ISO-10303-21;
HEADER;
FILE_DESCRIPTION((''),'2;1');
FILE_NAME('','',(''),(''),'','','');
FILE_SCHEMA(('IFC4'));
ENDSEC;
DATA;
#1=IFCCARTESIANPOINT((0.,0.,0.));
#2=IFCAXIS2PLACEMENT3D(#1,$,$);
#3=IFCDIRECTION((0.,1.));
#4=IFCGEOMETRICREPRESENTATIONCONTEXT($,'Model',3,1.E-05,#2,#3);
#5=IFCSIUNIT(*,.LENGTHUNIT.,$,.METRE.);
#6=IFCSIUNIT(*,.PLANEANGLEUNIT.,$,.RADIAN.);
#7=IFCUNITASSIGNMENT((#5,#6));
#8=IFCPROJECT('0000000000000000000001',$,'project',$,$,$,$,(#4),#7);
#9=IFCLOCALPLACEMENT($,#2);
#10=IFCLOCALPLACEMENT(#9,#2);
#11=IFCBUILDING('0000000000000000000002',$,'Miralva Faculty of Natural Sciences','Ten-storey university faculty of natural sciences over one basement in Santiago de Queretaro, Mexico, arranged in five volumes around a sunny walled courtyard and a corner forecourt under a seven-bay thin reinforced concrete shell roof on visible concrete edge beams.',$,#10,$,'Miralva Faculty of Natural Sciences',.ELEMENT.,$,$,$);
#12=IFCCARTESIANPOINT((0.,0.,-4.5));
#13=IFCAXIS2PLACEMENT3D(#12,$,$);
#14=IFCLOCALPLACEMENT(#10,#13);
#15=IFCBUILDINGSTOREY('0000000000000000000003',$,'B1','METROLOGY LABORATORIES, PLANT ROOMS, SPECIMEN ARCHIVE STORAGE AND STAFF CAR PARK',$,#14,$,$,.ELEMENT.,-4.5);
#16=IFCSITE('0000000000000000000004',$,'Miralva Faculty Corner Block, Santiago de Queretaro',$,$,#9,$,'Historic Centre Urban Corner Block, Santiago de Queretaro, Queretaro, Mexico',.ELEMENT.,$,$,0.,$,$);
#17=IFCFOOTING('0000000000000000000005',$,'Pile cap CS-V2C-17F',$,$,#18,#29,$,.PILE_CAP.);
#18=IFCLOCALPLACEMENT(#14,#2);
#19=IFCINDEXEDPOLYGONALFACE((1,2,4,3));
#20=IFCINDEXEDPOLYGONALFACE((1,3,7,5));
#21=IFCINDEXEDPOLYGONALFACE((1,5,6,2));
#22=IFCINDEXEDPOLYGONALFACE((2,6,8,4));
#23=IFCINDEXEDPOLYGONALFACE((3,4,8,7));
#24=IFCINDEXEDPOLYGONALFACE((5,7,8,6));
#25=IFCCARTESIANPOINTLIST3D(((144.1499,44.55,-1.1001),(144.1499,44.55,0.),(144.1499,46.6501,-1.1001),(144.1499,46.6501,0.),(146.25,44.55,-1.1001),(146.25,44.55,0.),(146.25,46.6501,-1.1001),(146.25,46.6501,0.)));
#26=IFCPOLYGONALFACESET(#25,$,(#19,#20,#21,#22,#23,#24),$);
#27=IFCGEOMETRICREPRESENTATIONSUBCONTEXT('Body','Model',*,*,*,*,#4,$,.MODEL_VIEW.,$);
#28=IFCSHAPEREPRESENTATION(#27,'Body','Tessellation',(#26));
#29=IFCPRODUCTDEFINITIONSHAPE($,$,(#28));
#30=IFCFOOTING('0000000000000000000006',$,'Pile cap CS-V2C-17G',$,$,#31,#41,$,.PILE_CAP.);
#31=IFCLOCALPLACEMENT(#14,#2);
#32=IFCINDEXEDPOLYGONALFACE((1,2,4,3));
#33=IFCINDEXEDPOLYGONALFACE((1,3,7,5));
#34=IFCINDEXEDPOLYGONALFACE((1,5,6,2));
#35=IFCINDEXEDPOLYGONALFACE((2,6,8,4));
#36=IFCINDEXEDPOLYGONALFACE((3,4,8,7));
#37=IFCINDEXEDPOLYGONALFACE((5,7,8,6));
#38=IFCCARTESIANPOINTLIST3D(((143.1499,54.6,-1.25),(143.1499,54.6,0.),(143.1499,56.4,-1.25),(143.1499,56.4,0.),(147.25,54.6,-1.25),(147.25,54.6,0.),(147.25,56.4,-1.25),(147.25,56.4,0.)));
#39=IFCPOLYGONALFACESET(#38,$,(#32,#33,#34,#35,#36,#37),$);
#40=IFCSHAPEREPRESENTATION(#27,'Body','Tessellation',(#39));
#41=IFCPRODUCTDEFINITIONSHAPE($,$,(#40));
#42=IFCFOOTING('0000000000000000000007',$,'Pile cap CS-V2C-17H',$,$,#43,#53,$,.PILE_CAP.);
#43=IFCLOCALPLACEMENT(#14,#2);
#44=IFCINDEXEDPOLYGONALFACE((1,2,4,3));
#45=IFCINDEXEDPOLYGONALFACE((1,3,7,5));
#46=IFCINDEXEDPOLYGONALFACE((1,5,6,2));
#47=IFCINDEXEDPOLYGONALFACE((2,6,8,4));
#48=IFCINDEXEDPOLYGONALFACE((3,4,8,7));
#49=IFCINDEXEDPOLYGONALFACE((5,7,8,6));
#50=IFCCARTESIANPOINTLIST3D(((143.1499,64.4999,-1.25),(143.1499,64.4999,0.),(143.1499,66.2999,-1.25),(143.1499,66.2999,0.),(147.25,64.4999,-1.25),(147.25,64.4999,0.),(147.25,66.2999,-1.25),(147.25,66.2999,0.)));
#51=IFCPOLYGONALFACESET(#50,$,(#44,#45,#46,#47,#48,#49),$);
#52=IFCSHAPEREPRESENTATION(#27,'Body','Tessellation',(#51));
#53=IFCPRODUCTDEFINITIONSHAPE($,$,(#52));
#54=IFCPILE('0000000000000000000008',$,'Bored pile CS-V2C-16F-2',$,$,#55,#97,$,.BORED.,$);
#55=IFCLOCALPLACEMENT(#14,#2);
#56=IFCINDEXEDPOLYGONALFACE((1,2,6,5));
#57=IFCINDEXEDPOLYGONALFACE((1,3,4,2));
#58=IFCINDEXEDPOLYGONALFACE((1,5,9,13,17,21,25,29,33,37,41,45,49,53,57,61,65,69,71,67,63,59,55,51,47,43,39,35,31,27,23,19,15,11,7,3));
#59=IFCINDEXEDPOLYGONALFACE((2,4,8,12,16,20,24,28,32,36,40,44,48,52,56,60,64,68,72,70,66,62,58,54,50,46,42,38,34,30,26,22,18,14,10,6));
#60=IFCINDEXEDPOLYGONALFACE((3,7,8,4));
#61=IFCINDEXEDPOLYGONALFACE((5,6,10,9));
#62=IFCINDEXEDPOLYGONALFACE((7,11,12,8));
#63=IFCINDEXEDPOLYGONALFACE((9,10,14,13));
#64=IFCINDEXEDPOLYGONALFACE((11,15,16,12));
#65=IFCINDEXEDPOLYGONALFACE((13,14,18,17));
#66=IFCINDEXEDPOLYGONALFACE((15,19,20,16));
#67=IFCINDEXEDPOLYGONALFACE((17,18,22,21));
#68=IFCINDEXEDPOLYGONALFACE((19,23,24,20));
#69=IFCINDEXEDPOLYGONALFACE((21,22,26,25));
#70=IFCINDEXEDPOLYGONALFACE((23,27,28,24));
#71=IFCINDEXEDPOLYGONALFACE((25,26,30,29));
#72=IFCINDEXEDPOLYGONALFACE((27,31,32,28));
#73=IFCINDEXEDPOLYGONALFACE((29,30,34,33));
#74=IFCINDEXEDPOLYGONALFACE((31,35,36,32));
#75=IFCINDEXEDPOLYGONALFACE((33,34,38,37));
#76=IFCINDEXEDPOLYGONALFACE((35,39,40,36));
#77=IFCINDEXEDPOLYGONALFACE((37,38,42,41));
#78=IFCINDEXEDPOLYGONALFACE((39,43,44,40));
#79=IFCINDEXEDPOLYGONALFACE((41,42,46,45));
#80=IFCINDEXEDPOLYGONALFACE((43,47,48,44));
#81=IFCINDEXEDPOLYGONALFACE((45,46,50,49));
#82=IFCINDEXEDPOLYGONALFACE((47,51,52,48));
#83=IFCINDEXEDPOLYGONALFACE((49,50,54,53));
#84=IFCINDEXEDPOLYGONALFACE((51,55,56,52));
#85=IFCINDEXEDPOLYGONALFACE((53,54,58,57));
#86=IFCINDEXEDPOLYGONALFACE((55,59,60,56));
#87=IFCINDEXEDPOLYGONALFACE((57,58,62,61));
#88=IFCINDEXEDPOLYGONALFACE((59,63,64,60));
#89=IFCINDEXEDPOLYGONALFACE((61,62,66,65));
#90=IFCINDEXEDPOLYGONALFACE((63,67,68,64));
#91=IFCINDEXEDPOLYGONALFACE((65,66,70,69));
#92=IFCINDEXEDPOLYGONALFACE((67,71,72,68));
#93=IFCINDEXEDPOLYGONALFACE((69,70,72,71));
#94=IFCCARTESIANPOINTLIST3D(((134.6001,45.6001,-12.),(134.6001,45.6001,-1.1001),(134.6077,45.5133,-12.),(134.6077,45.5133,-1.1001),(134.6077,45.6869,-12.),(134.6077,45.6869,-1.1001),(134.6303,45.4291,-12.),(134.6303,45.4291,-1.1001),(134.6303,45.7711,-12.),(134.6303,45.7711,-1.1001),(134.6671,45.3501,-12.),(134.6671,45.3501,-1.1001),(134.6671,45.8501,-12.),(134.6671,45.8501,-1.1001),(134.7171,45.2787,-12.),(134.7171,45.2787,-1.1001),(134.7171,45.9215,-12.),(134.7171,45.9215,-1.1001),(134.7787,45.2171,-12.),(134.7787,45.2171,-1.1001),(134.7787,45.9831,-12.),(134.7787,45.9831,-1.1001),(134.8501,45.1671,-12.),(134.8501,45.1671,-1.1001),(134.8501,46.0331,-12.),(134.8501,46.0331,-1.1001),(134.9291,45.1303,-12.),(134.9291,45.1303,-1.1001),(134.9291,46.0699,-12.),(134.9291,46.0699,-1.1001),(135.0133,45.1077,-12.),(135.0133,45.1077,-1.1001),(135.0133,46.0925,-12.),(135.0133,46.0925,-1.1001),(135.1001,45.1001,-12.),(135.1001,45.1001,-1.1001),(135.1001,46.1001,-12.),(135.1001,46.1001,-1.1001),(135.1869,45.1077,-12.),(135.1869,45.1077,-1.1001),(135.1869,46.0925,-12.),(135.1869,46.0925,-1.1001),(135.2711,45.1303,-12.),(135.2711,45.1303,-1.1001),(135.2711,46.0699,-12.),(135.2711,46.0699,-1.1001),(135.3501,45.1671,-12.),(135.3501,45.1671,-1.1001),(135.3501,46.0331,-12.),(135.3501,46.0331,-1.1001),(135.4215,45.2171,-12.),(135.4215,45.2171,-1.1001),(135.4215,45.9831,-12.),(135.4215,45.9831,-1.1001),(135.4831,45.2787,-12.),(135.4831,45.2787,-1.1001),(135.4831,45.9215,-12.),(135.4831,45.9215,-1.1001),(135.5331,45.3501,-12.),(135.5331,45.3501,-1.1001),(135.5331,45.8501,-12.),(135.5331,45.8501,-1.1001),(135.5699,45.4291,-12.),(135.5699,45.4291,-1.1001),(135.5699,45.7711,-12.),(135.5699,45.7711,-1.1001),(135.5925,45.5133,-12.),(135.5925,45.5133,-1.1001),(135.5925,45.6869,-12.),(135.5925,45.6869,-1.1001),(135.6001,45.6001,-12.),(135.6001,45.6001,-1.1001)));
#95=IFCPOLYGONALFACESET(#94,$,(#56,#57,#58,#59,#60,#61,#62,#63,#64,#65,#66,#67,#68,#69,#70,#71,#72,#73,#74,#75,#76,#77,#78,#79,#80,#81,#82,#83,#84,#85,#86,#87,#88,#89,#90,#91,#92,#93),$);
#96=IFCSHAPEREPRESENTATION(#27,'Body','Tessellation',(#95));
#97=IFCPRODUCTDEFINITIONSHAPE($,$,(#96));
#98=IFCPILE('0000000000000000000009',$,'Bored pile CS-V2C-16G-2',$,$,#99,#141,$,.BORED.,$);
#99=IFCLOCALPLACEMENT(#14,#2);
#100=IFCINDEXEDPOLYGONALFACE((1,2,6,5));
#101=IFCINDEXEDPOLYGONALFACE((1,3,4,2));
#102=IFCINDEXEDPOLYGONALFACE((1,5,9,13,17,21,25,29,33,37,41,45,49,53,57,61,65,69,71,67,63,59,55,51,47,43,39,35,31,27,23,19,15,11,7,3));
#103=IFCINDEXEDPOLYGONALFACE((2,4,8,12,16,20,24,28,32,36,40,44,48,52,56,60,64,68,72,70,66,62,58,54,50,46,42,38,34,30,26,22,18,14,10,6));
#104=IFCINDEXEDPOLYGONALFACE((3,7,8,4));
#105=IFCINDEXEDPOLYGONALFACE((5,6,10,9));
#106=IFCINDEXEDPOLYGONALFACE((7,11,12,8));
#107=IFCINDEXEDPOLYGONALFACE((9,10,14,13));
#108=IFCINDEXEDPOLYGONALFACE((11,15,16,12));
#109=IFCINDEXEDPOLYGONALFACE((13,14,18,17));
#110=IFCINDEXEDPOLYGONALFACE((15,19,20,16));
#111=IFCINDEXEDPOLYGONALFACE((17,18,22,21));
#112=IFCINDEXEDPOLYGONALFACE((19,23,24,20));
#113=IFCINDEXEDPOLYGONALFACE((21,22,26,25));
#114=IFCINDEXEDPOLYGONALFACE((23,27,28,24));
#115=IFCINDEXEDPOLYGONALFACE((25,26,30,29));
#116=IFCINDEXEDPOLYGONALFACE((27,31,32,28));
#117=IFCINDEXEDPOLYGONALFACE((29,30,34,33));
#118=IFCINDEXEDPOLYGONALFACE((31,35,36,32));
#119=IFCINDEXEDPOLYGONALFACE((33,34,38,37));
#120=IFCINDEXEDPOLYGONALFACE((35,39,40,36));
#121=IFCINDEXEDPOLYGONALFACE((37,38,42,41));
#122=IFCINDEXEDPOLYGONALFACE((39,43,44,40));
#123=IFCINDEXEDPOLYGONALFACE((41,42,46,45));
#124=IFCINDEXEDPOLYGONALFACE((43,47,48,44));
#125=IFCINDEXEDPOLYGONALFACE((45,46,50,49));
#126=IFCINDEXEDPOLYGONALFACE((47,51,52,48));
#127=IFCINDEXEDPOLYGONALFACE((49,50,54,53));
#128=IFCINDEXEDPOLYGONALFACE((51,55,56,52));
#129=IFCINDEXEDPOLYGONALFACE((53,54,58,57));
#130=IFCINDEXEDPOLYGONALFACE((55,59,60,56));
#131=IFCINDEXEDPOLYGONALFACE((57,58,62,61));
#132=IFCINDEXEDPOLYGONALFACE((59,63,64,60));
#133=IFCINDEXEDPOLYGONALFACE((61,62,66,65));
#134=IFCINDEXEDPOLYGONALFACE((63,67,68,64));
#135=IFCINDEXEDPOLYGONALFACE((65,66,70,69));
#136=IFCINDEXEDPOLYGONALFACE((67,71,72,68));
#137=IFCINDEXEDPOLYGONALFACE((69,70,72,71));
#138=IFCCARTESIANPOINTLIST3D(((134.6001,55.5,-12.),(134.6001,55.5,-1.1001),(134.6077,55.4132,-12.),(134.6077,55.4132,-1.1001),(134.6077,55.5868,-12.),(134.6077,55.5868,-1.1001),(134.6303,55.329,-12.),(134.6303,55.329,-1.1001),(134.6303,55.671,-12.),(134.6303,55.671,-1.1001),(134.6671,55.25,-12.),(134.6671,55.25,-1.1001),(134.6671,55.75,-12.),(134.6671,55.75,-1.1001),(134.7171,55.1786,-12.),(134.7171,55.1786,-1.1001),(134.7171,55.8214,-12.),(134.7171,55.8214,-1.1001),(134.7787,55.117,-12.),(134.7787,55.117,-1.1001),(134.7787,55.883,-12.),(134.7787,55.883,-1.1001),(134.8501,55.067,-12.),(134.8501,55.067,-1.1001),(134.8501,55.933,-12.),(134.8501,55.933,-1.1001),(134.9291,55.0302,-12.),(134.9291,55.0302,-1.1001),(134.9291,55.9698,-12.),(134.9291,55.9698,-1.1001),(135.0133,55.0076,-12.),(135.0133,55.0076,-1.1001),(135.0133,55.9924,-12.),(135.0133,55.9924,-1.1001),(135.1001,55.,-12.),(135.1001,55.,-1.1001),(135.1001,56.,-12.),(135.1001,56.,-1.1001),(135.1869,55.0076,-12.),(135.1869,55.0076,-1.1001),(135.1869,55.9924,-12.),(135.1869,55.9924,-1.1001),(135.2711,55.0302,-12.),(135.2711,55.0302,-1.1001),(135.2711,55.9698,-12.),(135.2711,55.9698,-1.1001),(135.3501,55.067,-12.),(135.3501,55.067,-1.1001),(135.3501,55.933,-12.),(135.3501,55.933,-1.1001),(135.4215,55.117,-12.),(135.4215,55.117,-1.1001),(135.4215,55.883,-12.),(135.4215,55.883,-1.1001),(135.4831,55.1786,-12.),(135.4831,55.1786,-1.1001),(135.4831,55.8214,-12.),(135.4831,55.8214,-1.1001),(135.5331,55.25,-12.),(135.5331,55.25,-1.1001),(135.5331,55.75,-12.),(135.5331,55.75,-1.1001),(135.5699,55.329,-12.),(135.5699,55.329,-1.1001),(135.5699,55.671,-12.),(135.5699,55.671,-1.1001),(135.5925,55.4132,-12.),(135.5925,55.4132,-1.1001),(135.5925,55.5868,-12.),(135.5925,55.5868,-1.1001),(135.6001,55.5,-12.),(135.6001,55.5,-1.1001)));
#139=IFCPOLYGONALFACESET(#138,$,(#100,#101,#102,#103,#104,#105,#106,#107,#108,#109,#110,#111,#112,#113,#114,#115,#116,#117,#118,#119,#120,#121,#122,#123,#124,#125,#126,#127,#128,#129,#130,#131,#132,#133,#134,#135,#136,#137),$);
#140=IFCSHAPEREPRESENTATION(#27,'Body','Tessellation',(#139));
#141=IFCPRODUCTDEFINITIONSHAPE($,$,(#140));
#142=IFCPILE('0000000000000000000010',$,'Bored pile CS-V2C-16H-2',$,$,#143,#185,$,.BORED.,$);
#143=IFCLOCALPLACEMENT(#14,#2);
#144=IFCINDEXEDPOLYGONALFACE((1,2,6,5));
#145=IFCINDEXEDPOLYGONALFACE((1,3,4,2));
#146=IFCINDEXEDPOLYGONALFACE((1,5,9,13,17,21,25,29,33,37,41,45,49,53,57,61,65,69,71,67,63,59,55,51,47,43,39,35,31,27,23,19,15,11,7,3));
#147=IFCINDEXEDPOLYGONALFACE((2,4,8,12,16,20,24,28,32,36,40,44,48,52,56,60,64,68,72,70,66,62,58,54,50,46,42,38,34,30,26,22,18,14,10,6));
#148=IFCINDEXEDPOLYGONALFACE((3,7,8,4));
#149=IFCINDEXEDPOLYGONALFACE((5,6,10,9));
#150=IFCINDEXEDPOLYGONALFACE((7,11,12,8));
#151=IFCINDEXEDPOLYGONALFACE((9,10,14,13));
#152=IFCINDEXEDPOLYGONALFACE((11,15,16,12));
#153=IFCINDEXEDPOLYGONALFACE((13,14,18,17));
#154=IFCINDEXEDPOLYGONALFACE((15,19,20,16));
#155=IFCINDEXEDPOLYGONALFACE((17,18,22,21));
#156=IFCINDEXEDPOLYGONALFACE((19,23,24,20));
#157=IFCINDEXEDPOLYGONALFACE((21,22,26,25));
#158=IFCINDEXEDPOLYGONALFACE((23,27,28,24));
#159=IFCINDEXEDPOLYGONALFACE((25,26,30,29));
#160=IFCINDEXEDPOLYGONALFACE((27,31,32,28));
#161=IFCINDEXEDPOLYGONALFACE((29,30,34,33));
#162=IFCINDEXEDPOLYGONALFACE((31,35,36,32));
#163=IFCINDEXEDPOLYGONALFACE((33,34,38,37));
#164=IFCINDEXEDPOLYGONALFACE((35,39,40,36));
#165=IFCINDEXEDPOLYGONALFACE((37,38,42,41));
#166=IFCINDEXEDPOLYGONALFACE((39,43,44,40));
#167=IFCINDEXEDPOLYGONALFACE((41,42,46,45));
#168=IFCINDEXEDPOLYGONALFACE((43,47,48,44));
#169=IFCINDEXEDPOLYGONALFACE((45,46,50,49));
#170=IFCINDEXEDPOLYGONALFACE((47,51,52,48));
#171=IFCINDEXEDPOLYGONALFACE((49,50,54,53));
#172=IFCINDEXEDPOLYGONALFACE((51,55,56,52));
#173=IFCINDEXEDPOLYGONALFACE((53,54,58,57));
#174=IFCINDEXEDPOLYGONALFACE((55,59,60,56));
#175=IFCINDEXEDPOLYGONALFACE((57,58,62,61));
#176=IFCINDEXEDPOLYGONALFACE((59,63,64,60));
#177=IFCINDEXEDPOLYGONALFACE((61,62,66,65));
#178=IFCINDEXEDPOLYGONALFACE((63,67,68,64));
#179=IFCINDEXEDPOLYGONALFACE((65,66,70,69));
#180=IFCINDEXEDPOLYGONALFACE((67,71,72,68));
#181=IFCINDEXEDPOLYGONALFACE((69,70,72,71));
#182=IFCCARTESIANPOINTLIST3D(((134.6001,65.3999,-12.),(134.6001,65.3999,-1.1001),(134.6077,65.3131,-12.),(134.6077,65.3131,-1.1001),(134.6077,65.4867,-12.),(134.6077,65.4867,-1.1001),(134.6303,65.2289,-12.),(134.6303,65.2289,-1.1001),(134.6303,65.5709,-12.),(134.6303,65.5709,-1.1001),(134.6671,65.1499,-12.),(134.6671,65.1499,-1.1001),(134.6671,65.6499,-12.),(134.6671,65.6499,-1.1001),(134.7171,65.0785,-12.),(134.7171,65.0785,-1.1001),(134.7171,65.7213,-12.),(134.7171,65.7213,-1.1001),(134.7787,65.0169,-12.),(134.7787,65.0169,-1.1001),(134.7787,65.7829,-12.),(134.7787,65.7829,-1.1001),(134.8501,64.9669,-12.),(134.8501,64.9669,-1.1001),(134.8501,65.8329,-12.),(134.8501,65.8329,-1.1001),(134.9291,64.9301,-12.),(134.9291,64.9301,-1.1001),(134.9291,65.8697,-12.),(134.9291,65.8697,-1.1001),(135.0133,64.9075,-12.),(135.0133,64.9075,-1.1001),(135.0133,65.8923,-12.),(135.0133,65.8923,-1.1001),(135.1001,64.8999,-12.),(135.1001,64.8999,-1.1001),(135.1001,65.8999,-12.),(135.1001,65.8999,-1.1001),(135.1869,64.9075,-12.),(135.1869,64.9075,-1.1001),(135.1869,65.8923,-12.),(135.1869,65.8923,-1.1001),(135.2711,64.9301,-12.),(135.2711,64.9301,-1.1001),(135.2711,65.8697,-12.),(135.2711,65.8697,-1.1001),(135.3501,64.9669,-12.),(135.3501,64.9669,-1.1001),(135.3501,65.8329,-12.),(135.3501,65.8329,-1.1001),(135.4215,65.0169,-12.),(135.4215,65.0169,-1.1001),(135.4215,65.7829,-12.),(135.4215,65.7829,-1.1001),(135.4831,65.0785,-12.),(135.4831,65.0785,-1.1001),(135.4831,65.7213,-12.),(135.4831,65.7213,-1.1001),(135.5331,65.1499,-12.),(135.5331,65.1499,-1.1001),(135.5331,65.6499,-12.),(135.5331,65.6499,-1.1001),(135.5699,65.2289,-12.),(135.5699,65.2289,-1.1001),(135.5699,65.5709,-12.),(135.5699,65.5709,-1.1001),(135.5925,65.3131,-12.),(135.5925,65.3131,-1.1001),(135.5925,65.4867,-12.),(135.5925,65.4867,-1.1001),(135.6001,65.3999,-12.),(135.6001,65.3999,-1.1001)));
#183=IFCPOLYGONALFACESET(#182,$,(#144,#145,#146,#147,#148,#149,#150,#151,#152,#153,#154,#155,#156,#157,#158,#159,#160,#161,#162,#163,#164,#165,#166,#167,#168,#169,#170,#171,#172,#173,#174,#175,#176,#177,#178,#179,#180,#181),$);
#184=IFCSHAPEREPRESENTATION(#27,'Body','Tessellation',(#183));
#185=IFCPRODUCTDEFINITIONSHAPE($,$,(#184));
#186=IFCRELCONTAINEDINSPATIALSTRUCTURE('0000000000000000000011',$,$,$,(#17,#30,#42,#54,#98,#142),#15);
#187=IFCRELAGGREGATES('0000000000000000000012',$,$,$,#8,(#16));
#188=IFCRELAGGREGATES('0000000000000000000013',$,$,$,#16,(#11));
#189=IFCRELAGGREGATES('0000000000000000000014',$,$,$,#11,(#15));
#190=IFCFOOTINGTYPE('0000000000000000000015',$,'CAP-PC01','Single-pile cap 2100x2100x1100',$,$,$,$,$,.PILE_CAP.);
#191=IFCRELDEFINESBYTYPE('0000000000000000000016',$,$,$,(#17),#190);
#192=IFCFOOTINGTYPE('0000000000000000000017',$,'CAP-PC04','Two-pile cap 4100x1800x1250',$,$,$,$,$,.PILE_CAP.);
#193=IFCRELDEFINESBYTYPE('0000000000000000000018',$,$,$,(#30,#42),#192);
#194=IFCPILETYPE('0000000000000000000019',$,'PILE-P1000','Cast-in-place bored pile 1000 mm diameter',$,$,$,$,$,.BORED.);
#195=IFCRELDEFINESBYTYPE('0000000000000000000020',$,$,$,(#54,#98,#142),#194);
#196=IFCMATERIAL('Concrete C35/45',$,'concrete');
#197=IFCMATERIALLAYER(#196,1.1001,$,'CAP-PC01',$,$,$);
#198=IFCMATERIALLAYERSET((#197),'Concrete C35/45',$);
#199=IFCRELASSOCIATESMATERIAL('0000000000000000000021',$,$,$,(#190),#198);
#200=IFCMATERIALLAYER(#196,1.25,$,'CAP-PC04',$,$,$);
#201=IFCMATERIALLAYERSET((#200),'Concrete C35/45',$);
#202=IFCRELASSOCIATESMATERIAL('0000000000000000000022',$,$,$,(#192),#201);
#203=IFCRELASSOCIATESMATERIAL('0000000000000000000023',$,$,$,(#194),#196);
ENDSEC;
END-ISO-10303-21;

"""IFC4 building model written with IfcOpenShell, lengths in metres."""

from ifc_helpers import new_model, si_unit, direction, frame, origin, origin_2d, place, context, subcontext, project, spatial, rectangle, circle, extrude, material, layer, layer_set, material_profile, profile_set, type_object, element, save


model = new_model("IFC4")

# Units and contexts
model_context = context("Model", 3, precision=1e-05, world=origin(), true_north=direction((0.0, 1.0)))
body_context = subcontext(model_context, "Body", "Model", "MODEL_VIEW")
ifc_project = project(units=[si_unit("LENGTHUNIT", "METRE"), si_unit("PLANEANGLEUNIT", "RADIAN")], contexts=[model_context])

# Site, building, storey
site_placement = place(None, origin())
site = spatial("IfcSite", under=ifc_project, at=site_placement, Name="Miralva Faculty Corner Block, Santiago de Queretaro", LongName="Historic Centre Urban Corner Block, Santiago de Queretaro, Queretaro, Mexico", CompositionType="ELEMENT", RefElevation=0.0)
building_placement = place(site_placement, origin())
building = spatial("IfcBuilding", under=site, at=building_placement, Name="Miralva Faculty of Natural Sciences", Description="Ten-storey university faculty of natural sciences over one basement in Santiago de Queretaro, Mexico, arranged in five volumes around a sunny walled courtyard and a corner forecourt under a seven-bay thin reinforced concrete shell roof on visible concrete edge beams.", LongName="Miralva Faculty of Natural Sciences", CompositionType="ELEMENT")
storey_placement = place(building_placement, frame((0.0, 0.0, -4.5)))
storey = spatial("IfcBuildingStorey", under=building, at=storey_placement, Name="B1", Description="METROLOGY LABORATORIES, PLANT ROOMS, SPECIMEN ARCHIVE STORAGE AND STAFF CAR PARK", CompositionType="ELEMENT", Elevation=-4.5)

# Footings
ifc_material_1 = material(Name="Concrete C35/45", Category="concrete")
ifc_layer_1 = layer(ifc_material_1, 1.1001, Name="CAP-PC01")
ifc_layer_set_1 = layer_set([ifc_layer_1], Name="Concrete C35/45")
footing_type_1 = type_object("IfcFootingType", Name="CAP-PC01", Description="Single-pile cap 2100x2100x1100", PredefinedType="PILE_CAP", material=ifc_layer_set_1)
footing_1_placement = place(storey_placement, frame((145.2, 45.6001, -1.1001), z_axis=(0.0, 0.0, 1.0), x_axis=(1.0, 0.0, 0.0)))
element("IfcFooting", 1, at=footing_1_placement, inside=storey, type_object=footing_type_1, Name="Pile cap CS-V2C-17F", PredefinedType="PILE_CAP", context=body_context, shape_type="SweptSolid", body=[
    extrude(rectangle(XDim=2.1001, YDim=2.1001, at=origin_2d()), origin(), (0.0, 0.0, 1.0), 1.1001),
])
ifc_layer_2 = layer(ifc_material_1, 1.25, Name="CAP-PC04")
ifc_layer_set_2 = layer_set([ifc_layer_2], Name="Concrete C35/45")
footing_type_2 = type_object("IfcFootingType", Name="CAP-PC04", Description="Two-pile cap 4100x1800x1250", PredefinedType="PILE_CAP", material=ifc_layer_set_2)
for number, where, z_axis, x_axis, name in (
    (2, (145.2, 55.5, -1.25), (0.0, 0.0, 1.0), (1.0, 0.0, 0.0), "Pile cap CS-V2C-17G"),
    (3, (145.2, 65.3999, -1.25), (0.0, 0.0, 1.0), (1.0, 0.0, 0.0), "Pile cap CS-V2C-17H"),
):
    element("IfcFooting", number, at=place(storey_placement, frame(where, z_axis=z_axis, x_axis=x_axis)), inside=storey, type_object=footing_type_2, Name=name, PredefinedType="PILE_CAP", context=body_context, shape_type="SweptSolid", body=[
        extrude(rectangle(XDim=4.1001, YDim=1.8, at=origin_2d()), origin(), (0.0, 0.0, 1.0), 1.25),
    ])

# Piles
ifc_material_profile_1 = material_profile(ifc_material_1, circle(Radius=0.5, at=origin_2d()), Name="BORED PILE 1000")
ifc_profile_set_1 = profile_set([ifc_material_profile_1], Name="Concrete C35/45")
pile_type_1 = type_object("IfcPileType", Name="PILE-P1000", Description="Cast-in-place bored pile 1000 mm diameter", PredefinedType="BORED", material=ifc_profile_set_1)
for number, where, z_axis, x_axis, name in (
    (4, (135.1001, 45.6001, -1.1001), (0.0, 0.0, -1.0), (1.0, 0.0, 0.0), "Bored pile CS-V2C-16F-2"),
    (5, (135.1001, 55.5, -1.1001), (0.0, 0.0, -1.0), (1.0, 0.0, 0.0), "Bored pile CS-V2C-16G-2"),
    (6, (135.1001, 65.3999, -1.1001), (0.0, 0.0, -1.0), (1.0, 0.0, 0.0), "Bored pile CS-V2C-16H-2"),
):
    element("IfcPile", number, at=place(storey_placement, frame(where, z_axis=z_axis, x_axis=x_axis)), inside=storey, type_object=pile_type_1, Name=name, PredefinedType="BORED", context=body_context, shape_type="SweptSolid", body=[
        extrude(circle(Radius=0.5, at=origin_2d()), origin(), (0.0, 0.0, 1.0), 10.8999),
    ])

save(model, "model.ifc")
